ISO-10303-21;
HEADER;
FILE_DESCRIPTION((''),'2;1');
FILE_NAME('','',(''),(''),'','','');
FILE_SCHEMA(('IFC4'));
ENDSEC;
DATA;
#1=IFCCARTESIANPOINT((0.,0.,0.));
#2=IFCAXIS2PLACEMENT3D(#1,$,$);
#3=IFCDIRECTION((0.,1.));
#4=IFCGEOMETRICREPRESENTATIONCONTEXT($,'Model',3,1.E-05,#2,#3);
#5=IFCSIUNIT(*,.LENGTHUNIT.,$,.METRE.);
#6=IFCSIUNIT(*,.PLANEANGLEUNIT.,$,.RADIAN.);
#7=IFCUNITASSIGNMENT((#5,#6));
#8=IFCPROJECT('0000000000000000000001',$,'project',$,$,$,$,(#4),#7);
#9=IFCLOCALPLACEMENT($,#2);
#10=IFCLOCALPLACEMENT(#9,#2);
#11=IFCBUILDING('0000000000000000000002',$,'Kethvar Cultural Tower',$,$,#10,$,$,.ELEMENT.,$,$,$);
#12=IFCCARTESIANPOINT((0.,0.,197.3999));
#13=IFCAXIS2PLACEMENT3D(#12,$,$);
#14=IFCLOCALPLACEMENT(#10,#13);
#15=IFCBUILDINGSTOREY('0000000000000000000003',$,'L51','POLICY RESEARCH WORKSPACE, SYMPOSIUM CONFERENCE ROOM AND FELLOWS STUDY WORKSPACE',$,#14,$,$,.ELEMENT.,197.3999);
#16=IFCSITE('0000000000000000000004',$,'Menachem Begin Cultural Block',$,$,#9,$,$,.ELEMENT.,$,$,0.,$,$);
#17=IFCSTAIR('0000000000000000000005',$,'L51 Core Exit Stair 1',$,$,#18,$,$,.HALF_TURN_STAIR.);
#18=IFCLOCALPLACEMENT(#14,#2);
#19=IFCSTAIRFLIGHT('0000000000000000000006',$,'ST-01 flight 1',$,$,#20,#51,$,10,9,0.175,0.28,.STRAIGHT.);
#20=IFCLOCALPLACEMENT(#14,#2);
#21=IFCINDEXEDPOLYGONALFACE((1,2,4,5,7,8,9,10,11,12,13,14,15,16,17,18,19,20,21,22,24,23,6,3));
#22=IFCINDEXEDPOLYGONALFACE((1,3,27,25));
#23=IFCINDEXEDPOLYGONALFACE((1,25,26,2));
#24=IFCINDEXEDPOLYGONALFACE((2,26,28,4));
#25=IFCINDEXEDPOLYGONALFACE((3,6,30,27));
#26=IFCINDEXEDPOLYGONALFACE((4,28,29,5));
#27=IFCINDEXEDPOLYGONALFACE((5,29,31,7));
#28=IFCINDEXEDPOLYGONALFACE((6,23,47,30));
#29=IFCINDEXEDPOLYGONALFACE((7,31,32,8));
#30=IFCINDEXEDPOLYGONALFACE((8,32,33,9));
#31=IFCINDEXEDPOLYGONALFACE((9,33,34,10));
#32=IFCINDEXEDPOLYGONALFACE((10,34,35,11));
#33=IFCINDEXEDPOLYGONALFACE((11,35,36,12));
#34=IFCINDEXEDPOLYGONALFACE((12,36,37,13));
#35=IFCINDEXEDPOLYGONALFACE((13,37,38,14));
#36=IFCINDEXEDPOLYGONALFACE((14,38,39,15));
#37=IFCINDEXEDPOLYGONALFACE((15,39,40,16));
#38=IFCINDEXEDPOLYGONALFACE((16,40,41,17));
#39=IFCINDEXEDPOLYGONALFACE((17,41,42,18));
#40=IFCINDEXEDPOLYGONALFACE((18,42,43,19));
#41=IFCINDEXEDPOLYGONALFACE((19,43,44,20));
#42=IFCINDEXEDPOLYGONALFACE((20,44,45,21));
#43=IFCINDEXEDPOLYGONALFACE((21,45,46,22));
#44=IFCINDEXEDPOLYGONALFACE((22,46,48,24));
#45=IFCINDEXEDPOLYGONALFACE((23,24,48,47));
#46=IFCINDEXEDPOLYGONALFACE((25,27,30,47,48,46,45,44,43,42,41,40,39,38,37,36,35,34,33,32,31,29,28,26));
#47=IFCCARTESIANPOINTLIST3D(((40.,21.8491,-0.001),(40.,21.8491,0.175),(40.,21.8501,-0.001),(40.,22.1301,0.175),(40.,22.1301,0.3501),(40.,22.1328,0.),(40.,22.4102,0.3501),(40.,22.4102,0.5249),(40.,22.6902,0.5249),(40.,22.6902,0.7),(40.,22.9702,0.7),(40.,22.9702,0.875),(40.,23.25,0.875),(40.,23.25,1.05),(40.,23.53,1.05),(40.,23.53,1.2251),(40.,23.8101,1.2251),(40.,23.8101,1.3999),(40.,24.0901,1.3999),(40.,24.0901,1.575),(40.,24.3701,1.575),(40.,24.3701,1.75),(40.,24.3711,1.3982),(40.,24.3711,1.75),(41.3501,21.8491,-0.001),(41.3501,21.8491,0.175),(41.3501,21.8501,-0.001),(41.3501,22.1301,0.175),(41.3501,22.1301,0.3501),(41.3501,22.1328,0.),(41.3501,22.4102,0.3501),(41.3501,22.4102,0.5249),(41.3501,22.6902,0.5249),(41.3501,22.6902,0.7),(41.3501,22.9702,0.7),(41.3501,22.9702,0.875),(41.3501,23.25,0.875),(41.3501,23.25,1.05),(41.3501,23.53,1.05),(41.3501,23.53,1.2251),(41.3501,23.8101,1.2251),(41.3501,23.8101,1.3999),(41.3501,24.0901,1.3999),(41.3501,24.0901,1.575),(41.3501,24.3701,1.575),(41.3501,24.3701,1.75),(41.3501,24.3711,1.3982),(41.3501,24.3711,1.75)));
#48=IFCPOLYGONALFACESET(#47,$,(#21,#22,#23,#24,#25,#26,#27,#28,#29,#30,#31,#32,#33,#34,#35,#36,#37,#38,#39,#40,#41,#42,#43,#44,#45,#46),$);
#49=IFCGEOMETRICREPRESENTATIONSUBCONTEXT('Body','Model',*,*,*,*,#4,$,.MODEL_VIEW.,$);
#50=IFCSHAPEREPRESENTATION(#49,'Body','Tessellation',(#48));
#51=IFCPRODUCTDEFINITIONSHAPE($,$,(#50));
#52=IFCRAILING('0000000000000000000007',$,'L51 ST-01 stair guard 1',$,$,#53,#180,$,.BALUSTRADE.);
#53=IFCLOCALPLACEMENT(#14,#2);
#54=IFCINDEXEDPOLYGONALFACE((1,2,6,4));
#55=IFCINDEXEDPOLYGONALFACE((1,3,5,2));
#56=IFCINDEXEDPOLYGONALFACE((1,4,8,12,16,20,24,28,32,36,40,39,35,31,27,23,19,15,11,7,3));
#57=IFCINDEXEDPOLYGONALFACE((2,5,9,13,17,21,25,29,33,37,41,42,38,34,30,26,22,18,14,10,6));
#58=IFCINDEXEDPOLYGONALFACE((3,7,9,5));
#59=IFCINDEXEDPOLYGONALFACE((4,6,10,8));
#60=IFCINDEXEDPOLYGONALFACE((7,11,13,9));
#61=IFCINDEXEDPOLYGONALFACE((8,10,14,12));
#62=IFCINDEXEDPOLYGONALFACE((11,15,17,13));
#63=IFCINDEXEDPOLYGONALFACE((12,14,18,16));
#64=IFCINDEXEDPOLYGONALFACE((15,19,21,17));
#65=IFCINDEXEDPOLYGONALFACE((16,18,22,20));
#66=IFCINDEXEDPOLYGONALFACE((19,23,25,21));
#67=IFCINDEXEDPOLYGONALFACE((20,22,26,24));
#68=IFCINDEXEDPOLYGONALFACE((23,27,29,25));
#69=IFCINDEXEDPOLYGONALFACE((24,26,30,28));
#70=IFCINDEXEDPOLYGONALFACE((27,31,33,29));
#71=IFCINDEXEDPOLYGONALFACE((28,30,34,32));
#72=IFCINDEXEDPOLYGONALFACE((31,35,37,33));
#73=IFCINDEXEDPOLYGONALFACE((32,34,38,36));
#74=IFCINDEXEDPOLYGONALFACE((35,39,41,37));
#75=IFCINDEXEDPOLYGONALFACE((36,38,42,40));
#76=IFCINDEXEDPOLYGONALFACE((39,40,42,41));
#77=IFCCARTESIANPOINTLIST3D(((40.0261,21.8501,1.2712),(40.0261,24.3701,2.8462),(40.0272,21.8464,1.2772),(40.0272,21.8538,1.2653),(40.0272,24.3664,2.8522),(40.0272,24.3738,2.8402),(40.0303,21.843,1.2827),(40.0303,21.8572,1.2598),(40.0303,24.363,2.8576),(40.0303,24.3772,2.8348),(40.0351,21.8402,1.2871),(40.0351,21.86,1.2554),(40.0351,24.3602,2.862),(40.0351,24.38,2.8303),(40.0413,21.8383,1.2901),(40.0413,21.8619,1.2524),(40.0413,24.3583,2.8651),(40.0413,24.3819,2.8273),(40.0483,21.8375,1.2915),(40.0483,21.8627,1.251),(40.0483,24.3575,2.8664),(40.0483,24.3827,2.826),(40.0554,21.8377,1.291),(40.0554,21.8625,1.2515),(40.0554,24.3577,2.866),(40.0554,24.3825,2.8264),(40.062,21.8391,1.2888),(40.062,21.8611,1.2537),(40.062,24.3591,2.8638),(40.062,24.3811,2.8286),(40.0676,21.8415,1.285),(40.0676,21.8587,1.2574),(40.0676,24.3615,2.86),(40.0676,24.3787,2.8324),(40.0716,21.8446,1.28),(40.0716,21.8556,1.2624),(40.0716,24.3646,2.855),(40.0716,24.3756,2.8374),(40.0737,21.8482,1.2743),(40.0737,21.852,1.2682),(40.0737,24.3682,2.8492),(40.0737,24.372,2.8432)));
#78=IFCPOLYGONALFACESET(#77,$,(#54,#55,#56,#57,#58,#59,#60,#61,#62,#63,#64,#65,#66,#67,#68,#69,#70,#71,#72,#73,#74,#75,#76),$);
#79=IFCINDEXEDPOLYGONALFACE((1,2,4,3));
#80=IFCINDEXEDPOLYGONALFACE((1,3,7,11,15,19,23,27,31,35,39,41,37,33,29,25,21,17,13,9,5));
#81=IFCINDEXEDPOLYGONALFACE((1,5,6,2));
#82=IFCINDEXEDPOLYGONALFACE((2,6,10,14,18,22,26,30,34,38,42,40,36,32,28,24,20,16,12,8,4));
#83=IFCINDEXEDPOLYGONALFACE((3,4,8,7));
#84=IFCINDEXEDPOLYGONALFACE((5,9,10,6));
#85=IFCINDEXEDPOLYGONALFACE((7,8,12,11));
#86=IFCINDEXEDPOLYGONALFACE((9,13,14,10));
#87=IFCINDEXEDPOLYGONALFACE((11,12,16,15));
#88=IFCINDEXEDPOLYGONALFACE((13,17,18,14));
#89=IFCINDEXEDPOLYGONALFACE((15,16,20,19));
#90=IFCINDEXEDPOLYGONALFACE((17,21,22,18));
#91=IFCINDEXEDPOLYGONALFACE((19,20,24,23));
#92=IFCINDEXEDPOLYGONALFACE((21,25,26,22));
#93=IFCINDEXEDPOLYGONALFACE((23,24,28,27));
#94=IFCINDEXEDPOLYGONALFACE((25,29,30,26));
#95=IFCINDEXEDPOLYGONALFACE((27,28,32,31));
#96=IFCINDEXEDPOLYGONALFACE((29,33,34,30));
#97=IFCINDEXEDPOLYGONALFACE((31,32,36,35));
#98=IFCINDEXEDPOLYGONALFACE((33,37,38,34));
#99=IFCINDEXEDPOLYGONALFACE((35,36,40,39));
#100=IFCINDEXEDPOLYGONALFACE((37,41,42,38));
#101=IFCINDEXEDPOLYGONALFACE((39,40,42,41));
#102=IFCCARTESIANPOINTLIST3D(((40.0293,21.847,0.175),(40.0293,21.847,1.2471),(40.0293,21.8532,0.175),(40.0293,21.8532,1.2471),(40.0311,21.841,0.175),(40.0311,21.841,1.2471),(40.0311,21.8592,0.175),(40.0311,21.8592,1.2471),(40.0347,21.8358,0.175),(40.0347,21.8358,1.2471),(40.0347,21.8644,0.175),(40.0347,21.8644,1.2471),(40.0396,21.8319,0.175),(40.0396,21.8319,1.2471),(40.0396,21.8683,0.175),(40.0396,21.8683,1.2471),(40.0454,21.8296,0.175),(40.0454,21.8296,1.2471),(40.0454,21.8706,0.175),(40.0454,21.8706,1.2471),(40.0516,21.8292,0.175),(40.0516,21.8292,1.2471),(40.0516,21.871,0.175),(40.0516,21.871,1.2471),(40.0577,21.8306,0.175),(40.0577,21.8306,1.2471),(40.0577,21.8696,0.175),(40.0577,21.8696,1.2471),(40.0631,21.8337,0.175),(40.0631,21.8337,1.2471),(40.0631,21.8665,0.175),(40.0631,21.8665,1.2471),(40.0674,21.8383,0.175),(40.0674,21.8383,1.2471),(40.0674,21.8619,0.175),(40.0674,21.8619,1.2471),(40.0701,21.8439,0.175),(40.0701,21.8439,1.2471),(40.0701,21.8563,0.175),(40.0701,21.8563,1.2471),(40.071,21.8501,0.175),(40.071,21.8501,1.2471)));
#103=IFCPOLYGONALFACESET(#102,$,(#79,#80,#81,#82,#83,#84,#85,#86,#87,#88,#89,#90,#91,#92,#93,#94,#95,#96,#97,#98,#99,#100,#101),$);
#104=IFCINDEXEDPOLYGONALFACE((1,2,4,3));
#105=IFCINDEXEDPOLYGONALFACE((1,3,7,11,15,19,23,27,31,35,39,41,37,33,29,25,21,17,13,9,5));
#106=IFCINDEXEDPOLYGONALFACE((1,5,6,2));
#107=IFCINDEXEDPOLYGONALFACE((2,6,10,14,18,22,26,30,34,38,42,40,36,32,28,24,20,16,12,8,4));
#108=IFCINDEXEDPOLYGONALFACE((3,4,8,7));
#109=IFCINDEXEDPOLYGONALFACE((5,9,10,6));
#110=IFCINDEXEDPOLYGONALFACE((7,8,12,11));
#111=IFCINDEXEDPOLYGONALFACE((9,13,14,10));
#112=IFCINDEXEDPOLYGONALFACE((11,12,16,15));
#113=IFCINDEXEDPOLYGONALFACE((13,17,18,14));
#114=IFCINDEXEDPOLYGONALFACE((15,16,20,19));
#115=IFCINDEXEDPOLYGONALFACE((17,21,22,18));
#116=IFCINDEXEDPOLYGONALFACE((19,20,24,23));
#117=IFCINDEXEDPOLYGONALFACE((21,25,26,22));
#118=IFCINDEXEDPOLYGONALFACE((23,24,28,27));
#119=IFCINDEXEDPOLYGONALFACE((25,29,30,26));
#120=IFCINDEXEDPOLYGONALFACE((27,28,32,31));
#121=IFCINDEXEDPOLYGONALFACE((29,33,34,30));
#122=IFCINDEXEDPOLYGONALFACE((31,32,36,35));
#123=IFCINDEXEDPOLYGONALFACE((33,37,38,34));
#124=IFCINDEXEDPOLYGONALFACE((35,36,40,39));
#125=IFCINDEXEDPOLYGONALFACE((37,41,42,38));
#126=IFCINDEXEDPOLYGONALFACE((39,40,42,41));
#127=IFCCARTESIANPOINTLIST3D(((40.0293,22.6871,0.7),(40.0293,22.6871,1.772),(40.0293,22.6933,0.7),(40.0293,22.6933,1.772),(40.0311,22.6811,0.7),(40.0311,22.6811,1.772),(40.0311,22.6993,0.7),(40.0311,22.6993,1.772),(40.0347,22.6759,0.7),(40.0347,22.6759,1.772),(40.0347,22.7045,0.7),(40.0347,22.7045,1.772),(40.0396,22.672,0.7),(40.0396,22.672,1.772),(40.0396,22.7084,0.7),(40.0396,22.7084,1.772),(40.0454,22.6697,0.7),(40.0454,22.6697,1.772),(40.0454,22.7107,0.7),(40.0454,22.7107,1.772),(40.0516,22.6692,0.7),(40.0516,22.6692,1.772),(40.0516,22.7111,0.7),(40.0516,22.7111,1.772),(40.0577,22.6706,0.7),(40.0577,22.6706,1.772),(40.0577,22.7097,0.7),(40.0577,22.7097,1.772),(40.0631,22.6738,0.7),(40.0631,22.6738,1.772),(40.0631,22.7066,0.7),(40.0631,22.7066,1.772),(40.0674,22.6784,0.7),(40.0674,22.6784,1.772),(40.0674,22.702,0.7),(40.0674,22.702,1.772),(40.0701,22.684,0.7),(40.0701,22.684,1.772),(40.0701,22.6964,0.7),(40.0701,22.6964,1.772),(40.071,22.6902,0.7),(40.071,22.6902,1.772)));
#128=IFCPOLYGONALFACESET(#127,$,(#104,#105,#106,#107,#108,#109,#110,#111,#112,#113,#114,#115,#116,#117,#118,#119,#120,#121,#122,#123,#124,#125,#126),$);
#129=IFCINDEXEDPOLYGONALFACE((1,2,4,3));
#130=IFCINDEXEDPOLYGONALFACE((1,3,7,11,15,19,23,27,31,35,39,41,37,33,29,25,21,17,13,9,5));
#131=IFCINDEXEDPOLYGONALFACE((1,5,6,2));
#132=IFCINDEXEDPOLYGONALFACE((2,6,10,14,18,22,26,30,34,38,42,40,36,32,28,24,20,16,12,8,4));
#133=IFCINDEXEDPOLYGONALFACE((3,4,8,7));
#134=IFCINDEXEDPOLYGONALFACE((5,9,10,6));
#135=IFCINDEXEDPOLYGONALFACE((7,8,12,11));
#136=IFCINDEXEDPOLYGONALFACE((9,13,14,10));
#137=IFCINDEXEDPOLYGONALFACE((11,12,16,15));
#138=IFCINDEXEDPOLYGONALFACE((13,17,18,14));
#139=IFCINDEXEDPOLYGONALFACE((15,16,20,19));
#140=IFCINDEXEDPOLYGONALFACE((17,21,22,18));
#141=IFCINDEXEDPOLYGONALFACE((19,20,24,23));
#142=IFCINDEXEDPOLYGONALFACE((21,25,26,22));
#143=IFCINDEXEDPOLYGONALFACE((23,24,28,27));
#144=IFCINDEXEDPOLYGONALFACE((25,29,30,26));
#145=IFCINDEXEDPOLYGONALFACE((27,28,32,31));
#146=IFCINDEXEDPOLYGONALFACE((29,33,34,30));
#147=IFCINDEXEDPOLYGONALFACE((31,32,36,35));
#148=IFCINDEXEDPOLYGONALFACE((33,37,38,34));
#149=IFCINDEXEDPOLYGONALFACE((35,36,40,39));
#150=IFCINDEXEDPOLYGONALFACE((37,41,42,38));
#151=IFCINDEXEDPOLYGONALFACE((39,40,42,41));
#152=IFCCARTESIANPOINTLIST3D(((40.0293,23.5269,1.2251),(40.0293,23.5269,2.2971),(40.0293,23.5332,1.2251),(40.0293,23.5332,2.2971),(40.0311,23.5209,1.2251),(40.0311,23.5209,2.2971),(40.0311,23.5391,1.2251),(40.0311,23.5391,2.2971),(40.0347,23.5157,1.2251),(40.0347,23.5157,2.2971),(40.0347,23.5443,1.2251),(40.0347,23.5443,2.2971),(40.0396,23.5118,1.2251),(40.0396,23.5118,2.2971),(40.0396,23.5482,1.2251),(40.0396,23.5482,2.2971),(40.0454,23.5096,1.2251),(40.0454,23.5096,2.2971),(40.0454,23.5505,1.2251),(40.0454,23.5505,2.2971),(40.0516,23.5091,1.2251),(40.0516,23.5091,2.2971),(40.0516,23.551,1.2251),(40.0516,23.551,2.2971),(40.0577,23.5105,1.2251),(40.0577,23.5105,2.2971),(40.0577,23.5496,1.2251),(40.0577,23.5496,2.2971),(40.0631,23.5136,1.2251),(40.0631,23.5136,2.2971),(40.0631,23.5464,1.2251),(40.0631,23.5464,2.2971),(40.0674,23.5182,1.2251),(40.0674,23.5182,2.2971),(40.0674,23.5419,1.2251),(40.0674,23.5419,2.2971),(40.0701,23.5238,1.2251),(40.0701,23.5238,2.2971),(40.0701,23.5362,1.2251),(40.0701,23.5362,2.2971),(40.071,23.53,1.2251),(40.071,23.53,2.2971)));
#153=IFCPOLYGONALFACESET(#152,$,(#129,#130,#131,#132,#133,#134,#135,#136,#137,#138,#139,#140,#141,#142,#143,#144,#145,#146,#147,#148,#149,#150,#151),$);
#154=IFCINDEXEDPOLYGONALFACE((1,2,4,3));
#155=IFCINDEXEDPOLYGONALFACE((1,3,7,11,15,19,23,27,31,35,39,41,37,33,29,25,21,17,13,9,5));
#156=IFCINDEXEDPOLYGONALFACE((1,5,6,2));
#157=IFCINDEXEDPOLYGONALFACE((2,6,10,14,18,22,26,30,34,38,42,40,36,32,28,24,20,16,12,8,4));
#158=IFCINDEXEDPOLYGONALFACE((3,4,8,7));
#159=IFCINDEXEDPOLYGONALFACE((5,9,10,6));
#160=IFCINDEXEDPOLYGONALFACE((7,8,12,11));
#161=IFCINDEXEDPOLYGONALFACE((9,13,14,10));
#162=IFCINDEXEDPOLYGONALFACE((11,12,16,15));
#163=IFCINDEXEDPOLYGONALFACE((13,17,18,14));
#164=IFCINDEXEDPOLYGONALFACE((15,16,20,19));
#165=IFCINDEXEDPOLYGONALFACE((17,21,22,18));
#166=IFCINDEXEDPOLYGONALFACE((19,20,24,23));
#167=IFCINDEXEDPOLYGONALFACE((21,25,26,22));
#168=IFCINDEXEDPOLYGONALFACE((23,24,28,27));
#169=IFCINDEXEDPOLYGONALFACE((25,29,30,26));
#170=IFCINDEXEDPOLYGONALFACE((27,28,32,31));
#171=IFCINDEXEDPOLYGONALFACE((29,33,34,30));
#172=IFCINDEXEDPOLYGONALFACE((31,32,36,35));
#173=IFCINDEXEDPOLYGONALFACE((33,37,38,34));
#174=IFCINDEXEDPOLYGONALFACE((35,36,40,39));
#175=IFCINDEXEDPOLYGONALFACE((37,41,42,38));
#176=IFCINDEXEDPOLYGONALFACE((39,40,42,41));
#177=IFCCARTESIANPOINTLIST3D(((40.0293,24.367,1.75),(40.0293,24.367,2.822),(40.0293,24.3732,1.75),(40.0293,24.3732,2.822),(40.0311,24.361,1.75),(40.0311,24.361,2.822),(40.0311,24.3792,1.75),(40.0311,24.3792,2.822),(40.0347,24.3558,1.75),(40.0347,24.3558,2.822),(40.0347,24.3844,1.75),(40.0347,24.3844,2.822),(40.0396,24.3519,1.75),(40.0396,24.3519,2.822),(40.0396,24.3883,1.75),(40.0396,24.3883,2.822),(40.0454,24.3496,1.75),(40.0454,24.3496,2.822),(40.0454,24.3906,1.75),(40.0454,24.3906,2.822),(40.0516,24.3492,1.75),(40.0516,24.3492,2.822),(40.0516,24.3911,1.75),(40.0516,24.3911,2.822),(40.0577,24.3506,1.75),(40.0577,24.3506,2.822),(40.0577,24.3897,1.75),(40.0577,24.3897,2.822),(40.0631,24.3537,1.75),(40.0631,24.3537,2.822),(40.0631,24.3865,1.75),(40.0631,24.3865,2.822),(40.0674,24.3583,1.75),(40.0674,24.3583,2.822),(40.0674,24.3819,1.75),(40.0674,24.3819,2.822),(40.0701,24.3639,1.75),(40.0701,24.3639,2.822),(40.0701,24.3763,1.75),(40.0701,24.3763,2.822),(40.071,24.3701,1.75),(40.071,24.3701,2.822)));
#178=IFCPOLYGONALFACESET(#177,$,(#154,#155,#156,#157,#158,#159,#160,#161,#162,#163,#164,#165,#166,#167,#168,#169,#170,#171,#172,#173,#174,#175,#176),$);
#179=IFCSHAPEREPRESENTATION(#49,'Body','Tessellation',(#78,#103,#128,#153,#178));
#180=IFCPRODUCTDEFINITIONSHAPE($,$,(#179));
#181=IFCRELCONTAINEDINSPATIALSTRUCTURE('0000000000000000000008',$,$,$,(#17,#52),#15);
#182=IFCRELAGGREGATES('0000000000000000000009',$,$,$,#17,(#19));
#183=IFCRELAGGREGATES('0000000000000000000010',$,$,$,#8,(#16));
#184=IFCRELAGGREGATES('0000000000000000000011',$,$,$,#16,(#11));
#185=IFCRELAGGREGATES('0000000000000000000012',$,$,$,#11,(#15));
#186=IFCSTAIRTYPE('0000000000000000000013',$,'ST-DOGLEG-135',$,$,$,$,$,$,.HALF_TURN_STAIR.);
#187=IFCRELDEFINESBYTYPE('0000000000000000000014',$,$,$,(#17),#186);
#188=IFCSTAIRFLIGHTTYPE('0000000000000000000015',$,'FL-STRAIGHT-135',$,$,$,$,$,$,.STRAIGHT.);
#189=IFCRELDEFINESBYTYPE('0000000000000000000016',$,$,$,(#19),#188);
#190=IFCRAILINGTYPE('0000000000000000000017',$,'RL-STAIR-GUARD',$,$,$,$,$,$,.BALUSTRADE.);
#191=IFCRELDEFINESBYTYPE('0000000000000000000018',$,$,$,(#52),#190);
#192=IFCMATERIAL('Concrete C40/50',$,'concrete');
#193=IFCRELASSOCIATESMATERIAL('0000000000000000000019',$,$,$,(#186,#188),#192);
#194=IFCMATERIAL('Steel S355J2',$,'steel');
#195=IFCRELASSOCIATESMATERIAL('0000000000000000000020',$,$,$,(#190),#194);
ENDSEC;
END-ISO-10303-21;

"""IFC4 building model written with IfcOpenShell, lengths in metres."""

from ifc_helpers import new_model, si_unit, direction, frame, origin, origin_2d, place, context, subcontext, project, spatial, polyline, circle, outline, extrude, material, type_object, element, aggregate, save


model = new_model("IFC4")

# Units and contexts
model_context = context("Model", 3, precision=1e-05, world=origin(), true_north=direction((0.0, 1.0)))
body_context = subcontext(model_context, "Body", "Model", "MODEL_VIEW")
ifc_project = project(units=[si_unit("LENGTHUNIT", "METRE"), si_unit("PLANEANGLEUNIT", "RADIAN")], contexts=[model_context])

# Site, building, storey
site_placement = place(None, origin())
site = spatial("IfcSite", under=ifc_project, at=site_placement, Name="Menachem Begin Cultural Block", CompositionType="ELEMENT", RefElevation=0.0)
building_placement = place(site_placement, origin())
building = spatial("IfcBuilding", under=site, at=building_placement, Name="Kethvar Cultural Tower", CompositionType="ELEMENT")
storey_placement = place(building_placement, frame((0.0, 0.0, 197.3999)))
storey = spatial("IfcBuildingStorey", under=building, at=storey_placement, Name="L51", Description="POLICY RESEARCH WORKSPACE, SYMPOSIUM CONFERENCE ROOM AND FELLOWS STUDY WORKSPACE", CompositionType="ELEMENT", Elevation=197.3999)

# Shared definitions
ifc_material_1 = material(Name="Steel S355J2", Category="steel")

# Stair, stair flight
ifc_material_2 = material(Name="Concrete C40/50", Category="concrete")
stair_type = type_object("IfcStairType", Name="ST-DOGLEG-135", PredefinedType="HALF_TURN_STAIR", material=ifc_material_2)
stair_placement = place(storey_placement, origin())
stair = element("IfcStair", 1, at=stair_placement, inside=storey, type_object=stair_type, Name="L51 Core Exit Stair 1", PredefinedType="HALF_TURN_STAIR")
stair_flight_type = type_object("IfcStairFlightType", Name="FL-STRAIGHT-135", PredefinedType="STRAIGHT", material=ifc_material_2)
stair_flight_placement = place(storey_placement, frame((40.675, 21.8501, 0.0), z_axis=(0.0, 0.0, 1.0), x_axis=(0.0, 1.0, 0.0)))
stair_flight = element("IfcStairFlight", 2, at=stair_flight_placement, type_object=stair_flight_type, Name="ST-01 flight 1", NumberOfRisers=10, NumberOfTreads=9, PredefinedType="STRAIGHT", RiserHeight=0.175, TreadLength=0.28, context=body_context, shape_type="SweptSolid", body=[
    extrude(outline(polyline([(-0.001, -0.001), (-0.001, 0.175), (0.28, 0.175), (0.28, 0.3501), (0.5601, 0.3501), (0.5601, 0.5249), (0.8401, 0.5249), (0.8401, 0.7), (1.1201, 0.7), (1.1201, 0.875), (1.3999, 0.875), (1.3999, 1.05), (1.6799, 1.05), (1.6799, 1.2251), (1.96, 1.2251), (1.96, 1.3999), (2.24, 1.3999), (2.24, 1.575), (2.52, 1.575), (2.52, 1.75), (2.521, 1.75), (2.521, 1.3982), (0.2827, 0.0), (0.0, -0.001), (-0.001, -0.001)])), frame((0.0, 0.675, 0.0), z_axis=(0.0, -1.0, 0.0), x_axis=(1.0, 0.0, 0.0)), (0.0, 0.0, 1.0), 1.3501),
])
aggregate(stair, [stair_flight])

# Railing
railing_type_1 = type_object("IfcRailingType", Name="RL-STAIR-GUARD", PredefinedType="BALUSTRADE", material=ifc_material_1)
railing_1_placement = place(storey_placement, frame((40.05, 21.8501, 0.175)))
element("IfcRailing", 3, at=railing_1_placement, inside=storey, type_object=railing_type_1, Name="L51 ST-01 stair guard 1", PredefinedType="BALUSTRADE", context=body_context, shape_type="SweptSolid", body=[
    extrude(circle(Radius=0.0239, at=origin_2d()), frame((0.0, 0.0, 1.0962), z_axis=(0.0, 0.848008, 0.529984), x_axis=(-1.0, 0.0, 0.0)), (0.0, 0.0, 1.0), 2.9717),
    extrude(circle(Radius=0.021, at=origin_2d()), origin(), (0.0, 0.0, 1.0), 1.072),
    extrude(circle(Radius=0.021, at=origin_2d()), frame((0.0, 0.8401, 0.5249)), (0.0, 0.0, 1.0), 1.072),
    extrude(circle(Radius=0.021, at=origin_2d()), frame((0.0, 1.6799, 1.05)), (0.0, 0.0, 1.0), 1.072),
    extrude(circle(Radius=0.021, at=origin_2d()), frame((0.0, 2.52, 1.575)), (0.0, 0.0, 1.0), 1.072),
])

save(model, "model.ifc")
